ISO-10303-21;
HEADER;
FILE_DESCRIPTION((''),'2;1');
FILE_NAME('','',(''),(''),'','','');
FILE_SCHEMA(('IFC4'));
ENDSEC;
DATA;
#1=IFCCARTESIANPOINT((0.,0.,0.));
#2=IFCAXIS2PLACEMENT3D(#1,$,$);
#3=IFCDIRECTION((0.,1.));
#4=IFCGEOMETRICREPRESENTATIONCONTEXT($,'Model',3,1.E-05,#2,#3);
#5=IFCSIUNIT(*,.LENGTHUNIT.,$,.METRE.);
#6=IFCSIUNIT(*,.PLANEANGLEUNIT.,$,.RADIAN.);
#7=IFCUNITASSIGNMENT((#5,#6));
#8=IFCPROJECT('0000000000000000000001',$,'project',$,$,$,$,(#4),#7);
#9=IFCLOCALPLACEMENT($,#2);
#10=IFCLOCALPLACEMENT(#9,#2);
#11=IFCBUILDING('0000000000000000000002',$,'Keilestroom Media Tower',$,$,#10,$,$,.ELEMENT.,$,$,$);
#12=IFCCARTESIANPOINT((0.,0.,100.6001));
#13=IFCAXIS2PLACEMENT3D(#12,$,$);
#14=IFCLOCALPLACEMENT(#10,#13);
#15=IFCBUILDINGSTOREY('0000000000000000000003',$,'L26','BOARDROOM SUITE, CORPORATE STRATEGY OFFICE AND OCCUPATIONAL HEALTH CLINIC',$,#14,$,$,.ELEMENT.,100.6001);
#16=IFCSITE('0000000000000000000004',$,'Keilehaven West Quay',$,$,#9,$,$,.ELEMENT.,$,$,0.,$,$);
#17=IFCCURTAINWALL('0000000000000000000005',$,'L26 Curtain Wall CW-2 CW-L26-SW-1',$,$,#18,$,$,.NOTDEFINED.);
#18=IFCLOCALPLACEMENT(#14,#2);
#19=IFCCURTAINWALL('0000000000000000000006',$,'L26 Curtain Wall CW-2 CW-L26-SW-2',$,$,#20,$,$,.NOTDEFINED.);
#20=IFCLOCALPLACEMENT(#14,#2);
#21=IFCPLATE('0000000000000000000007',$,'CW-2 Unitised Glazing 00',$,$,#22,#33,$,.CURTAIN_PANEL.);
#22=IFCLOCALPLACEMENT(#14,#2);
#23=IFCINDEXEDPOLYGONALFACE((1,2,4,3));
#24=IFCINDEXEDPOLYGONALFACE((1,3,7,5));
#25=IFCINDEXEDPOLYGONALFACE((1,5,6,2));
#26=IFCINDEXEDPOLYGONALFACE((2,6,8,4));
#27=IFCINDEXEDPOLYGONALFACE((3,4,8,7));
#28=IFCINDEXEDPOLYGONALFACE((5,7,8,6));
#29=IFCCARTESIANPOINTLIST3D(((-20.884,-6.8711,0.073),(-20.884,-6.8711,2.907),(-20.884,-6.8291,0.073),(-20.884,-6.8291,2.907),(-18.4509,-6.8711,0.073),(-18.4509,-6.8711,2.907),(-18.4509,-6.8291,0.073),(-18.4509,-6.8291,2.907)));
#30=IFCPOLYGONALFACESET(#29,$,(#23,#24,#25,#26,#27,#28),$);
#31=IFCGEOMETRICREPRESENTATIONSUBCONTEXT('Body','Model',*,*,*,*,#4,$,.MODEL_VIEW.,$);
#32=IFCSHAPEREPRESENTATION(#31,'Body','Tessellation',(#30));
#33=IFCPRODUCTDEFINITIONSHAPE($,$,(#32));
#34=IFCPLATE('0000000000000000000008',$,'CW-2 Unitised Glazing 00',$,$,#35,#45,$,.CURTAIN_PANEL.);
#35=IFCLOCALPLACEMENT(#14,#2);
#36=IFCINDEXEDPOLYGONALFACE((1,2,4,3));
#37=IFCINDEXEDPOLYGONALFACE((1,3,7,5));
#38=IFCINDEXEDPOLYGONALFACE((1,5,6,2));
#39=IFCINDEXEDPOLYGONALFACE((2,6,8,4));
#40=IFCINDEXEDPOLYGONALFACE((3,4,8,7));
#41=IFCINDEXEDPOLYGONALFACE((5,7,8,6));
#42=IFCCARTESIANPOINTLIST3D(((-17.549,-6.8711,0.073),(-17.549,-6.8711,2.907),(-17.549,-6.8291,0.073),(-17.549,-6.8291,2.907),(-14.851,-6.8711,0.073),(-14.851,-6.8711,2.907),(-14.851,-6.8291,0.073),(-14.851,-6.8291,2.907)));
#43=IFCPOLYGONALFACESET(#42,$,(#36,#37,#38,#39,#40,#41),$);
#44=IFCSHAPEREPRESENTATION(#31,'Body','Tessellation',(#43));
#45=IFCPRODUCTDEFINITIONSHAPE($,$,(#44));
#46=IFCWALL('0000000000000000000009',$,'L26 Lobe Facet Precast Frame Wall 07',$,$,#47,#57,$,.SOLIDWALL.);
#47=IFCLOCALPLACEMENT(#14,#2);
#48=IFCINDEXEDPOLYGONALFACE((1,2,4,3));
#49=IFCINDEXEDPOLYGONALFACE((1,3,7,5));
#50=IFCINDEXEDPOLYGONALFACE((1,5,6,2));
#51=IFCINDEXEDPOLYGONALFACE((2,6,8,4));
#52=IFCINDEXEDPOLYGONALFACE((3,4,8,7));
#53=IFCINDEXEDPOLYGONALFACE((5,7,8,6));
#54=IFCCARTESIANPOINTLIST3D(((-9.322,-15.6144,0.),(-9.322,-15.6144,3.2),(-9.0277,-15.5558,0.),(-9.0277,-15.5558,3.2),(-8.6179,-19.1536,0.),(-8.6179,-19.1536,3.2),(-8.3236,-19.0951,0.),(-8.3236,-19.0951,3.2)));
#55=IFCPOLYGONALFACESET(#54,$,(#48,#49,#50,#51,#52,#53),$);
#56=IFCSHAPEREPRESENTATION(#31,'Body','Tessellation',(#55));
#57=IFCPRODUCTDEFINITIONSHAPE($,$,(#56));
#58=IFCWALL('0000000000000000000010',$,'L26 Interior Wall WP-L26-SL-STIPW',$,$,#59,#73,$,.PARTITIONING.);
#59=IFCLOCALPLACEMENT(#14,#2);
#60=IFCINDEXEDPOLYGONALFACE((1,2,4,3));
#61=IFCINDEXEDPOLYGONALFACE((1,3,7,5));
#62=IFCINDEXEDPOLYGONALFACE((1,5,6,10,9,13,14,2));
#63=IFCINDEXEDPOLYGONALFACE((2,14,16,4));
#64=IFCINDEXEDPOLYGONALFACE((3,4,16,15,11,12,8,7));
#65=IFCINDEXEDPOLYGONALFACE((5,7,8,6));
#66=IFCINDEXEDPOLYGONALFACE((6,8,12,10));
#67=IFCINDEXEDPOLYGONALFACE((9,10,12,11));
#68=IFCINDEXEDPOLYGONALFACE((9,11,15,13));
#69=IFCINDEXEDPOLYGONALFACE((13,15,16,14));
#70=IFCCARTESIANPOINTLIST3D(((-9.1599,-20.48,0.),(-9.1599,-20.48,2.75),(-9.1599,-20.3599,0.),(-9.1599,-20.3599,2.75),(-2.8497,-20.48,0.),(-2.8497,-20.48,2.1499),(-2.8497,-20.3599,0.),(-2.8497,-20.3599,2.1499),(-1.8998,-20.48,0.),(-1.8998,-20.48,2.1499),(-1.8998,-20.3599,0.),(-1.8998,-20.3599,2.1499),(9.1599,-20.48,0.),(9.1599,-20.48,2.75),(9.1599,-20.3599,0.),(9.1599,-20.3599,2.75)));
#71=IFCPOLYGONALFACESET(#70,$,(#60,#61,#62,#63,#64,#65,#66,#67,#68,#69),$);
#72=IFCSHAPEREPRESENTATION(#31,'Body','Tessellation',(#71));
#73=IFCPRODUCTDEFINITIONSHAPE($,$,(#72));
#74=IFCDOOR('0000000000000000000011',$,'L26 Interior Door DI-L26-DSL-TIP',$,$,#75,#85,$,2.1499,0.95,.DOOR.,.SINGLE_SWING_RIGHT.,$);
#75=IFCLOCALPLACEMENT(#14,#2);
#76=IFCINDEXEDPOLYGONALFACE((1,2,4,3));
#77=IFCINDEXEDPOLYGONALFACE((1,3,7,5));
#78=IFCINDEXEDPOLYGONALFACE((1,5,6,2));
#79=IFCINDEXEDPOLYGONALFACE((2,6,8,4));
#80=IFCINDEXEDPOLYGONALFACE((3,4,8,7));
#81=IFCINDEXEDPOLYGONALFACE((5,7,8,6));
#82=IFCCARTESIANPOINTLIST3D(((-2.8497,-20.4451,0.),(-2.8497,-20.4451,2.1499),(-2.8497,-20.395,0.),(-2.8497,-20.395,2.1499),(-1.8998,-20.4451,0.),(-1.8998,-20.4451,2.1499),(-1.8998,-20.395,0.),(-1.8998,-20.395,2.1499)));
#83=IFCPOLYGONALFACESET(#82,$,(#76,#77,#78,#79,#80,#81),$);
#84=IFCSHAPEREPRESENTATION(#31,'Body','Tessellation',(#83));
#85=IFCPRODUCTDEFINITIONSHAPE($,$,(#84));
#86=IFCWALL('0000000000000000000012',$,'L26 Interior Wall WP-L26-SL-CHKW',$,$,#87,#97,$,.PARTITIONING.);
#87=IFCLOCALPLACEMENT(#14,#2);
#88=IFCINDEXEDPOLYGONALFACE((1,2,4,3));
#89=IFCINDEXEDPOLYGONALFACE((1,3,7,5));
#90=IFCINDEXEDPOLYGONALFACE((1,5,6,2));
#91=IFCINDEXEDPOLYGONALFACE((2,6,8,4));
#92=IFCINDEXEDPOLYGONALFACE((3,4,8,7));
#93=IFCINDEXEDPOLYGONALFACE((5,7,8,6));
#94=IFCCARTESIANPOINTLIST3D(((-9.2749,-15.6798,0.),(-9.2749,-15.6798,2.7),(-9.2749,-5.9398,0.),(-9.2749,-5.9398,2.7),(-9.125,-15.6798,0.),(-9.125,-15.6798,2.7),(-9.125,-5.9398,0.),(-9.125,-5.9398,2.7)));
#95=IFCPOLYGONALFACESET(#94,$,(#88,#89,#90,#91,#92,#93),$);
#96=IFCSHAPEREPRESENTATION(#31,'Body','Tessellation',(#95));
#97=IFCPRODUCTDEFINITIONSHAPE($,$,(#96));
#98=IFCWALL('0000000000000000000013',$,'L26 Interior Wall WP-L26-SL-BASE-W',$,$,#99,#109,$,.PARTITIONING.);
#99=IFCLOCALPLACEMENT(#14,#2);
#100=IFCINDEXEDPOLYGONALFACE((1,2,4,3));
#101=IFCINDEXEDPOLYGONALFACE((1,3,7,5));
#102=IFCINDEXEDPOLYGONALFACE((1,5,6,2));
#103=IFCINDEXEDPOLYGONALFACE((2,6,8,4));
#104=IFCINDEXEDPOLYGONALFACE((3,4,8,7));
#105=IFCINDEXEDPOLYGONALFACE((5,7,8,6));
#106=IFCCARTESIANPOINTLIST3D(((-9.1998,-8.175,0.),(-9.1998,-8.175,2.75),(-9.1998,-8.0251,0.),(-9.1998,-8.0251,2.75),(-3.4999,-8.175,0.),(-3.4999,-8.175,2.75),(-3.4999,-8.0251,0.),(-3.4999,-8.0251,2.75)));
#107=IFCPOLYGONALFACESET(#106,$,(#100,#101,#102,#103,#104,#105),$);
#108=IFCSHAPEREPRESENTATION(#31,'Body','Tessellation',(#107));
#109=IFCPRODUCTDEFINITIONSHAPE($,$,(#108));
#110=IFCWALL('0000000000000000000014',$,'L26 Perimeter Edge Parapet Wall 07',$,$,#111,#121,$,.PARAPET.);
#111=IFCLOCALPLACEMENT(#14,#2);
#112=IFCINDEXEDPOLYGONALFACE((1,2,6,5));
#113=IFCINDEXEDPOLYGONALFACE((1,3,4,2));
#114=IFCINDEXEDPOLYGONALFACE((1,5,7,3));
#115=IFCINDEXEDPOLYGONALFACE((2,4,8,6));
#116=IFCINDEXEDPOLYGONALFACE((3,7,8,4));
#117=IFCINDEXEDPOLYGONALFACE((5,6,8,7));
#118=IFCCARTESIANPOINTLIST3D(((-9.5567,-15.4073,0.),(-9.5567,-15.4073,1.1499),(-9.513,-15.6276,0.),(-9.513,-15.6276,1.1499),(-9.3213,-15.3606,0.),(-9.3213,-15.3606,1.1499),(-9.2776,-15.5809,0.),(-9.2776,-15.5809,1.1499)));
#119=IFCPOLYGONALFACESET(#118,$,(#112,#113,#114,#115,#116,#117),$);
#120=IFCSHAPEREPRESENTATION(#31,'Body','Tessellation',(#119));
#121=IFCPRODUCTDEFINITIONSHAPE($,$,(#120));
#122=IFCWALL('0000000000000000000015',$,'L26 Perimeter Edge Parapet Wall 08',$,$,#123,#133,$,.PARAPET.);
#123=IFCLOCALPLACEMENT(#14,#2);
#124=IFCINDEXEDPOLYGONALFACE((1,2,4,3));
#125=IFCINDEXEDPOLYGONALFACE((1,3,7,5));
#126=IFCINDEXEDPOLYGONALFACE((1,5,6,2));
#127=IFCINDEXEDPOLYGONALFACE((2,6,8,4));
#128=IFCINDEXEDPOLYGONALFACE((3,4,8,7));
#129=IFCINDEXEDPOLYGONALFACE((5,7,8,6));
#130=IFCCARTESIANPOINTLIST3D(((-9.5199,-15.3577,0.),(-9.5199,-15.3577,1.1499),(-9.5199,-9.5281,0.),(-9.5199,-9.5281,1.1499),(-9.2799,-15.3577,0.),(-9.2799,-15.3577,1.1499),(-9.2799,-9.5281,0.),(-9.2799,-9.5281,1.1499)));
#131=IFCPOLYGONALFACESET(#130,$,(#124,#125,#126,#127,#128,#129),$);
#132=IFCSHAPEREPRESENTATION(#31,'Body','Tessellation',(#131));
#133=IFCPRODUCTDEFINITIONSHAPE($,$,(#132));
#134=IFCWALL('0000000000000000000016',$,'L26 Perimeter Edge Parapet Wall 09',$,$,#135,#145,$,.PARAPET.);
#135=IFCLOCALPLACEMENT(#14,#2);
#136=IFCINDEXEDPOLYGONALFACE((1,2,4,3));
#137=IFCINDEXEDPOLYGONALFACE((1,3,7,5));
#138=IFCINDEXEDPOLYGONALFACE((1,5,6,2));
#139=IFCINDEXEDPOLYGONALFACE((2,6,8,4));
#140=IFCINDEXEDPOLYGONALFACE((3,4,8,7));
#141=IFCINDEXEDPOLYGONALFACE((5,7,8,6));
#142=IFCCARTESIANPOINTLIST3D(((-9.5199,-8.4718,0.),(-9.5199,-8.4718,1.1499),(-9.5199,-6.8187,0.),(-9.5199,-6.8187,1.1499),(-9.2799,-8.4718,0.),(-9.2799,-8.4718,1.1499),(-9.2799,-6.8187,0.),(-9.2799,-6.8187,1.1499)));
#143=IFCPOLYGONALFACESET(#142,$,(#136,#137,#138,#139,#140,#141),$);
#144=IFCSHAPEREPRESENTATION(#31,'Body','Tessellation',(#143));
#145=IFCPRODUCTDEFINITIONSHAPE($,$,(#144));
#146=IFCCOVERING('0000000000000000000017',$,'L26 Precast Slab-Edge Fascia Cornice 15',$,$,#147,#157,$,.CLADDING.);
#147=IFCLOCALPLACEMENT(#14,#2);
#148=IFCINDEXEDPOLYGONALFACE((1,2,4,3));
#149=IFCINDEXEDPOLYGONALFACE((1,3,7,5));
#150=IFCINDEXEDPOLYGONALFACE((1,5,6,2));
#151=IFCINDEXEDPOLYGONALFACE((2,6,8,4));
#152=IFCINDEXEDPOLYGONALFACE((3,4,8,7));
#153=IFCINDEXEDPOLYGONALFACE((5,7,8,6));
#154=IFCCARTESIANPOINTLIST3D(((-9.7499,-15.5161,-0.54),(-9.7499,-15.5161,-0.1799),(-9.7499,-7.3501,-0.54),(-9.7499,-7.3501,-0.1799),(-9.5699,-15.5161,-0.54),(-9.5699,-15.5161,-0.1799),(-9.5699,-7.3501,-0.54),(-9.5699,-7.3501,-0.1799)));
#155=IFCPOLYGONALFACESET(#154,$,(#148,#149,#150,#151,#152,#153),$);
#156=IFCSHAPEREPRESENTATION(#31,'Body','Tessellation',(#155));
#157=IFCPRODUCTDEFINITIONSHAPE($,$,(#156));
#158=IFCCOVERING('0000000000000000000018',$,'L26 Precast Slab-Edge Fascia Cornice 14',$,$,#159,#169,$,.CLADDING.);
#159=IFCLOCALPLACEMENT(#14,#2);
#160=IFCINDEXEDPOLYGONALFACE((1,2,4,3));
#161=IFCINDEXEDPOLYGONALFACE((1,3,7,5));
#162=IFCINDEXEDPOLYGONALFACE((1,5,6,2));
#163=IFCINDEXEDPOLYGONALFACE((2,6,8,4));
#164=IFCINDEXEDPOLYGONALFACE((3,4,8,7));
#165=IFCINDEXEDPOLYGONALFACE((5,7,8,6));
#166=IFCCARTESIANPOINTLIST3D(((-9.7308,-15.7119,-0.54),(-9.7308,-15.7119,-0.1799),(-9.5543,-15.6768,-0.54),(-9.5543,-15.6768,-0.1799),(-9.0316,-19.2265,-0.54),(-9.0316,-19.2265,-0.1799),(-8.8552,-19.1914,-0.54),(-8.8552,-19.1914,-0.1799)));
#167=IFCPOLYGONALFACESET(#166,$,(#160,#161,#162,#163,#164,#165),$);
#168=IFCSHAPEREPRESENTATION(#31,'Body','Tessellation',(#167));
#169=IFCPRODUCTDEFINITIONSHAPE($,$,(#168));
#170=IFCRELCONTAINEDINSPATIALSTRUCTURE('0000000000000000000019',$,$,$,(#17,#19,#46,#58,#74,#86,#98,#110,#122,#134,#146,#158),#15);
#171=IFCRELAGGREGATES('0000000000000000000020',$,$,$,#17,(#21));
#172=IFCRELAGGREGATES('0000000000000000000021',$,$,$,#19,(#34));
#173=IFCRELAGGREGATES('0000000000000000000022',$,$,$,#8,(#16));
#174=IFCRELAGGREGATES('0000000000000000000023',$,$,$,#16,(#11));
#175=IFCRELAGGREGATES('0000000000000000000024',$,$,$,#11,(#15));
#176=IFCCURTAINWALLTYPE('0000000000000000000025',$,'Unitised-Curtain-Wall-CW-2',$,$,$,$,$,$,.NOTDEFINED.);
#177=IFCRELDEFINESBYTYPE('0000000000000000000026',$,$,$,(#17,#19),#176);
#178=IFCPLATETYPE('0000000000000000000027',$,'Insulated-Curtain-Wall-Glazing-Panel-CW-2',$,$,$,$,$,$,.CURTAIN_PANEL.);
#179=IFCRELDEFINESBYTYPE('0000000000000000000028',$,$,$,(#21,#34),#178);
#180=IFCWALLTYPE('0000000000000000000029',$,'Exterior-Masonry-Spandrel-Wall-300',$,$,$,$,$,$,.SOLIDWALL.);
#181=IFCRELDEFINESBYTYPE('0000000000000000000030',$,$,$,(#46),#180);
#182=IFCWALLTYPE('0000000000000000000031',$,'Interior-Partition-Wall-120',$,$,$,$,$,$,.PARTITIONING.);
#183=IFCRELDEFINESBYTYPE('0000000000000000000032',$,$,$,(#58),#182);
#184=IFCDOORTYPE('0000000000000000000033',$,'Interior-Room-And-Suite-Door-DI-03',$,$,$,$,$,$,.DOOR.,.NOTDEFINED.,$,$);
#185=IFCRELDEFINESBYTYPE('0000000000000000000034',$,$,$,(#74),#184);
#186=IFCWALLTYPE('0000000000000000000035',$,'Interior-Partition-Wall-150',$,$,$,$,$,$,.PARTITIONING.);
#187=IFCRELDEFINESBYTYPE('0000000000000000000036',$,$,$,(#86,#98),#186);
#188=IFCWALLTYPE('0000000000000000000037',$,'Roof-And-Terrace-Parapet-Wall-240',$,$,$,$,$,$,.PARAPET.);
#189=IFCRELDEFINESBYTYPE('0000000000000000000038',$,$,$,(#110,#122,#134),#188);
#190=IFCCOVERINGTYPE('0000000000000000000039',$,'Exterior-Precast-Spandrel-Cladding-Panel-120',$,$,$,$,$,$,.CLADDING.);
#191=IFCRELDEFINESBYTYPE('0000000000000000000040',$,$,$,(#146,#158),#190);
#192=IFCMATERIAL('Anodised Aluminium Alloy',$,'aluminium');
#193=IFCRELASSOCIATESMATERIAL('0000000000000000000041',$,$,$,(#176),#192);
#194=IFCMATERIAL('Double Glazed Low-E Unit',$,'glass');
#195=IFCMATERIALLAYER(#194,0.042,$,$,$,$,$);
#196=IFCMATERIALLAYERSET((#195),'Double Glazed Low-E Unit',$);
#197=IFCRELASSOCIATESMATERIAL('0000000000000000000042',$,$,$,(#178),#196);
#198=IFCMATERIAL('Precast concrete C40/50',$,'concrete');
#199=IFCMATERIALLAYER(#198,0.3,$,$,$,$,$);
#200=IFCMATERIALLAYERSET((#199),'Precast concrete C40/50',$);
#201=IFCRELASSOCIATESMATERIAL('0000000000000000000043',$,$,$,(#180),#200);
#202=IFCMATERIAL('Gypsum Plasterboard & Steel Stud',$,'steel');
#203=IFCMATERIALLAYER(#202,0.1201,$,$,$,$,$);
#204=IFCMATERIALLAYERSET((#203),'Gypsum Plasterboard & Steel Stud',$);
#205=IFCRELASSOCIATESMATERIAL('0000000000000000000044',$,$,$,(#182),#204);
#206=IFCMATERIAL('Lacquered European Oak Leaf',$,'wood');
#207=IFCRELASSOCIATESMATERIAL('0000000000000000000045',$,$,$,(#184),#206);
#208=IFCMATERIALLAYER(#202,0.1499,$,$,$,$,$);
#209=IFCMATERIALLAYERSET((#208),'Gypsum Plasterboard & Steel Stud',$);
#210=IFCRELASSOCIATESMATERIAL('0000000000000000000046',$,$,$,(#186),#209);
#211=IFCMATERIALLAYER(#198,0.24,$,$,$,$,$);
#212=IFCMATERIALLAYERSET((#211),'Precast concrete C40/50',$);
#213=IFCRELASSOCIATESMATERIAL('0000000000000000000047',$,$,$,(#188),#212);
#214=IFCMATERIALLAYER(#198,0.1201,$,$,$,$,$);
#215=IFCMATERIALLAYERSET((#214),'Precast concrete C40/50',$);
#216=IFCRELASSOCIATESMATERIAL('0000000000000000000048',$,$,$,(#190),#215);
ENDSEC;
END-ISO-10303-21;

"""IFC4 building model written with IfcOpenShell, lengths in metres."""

from ifc_helpers import new_model, si_unit, direction, frame, frame_2d, origin, origin_2d, place, context, subcontext, project, spatial, rectangle, extrude, source, transform, mapped, material, layer, layer_set, type_object, element, fill, aggregate, save


model = new_model("IFC4")

# Units and contexts
model_context = context("Model", 3, precision=1e-05, world=origin(), true_north=direction((0.0, 1.0)))
body_context = subcontext(model_context, "Body", "Model", "MODEL_VIEW")
ifc_project = project(units=[si_unit("LENGTHUNIT", "METRE"), si_unit("PLANEANGLEUNIT", "RADIAN")], contexts=[model_context])

# Site, building, storey
site_placement = place(None, origin())
site = spatial("IfcSite", under=ifc_project, at=site_placement, Name="Keilehaven West Quay", CompositionType="ELEMENT", RefElevation=0.0)
building_placement = place(site_placement, origin())
building = spatial("IfcBuilding", under=site, at=building_placement, Name="Keilestroom Media Tower", CompositionType="ELEMENT")
storey_placement = place(building_placement, frame((0.0, 0.0, 100.6001)))
storey = spatial("IfcBuildingStorey", under=building, at=storey_placement, Name="L26", Description="BOARDROOM SUITE, CORPORATE STRATEGY OFFICE AND OCCUPATIONAL HEALTH CLINIC", CompositionType="ELEMENT", Elevation=100.6001)

# Shared definitions
ifc_material_1 = material(Name="Precast concrete C40/50", Category="concrete")

# Curtain walls
ifc_material_2 = material(Name="Anodised Aluminium Alloy", Category="aluminium")
curtain_wall_type = type_object("IfcCurtainWallType", Name="Unitised-Curtain-Wall-CW-2", PredefinedType="NOTDEFINED", material=ifc_material_2)
curtain_wall_1_placement = place(storey_placement, origin())
curtain_wall_1 = element("IfcCurtainWall", 1, at=curtain_wall_1_placement, inside=storey, type_object=curtain_wall_type, Name="L26 Curtain Wall CW-2 CW-L26-SW-1", PredefinedType="NOTDEFINED")
curtain_wall_2_placement = place(storey_placement, origin())
curtain_wall_2 = element("IfcCurtainWall", 2, at=curtain_wall_2_placement, inside=storey, type_object=curtain_wall_type, Name="L26 Curtain Wall CW-2 CW-L26-SW-2", PredefinedType="NOTDEFINED")

# Plates
ifc_material_3 = material(Name="Double Glazed Low-E Unit", Category="glass")
ifc_layer_1 = layer(ifc_material_3, 0.042)
ifc_layer_set_1 = layer_set([ifc_layer_1], Name="Double Glazed Low-E Unit")
plate_type = type_object("IfcPlateType", Name="Insulated-Curtain-Wall-Glazing-Panel-CW-2", PredefinedType="CURTAIN_PANEL", material=ifc_layer_set_1)
shared_shape_1 = source(origin(), body_context, "Body", "SweptSolid", [
    extrude(rectangle(XDim=2.4331, YDim=0.042, at=origin_2d()), origin(), (0.0, 0.0, 1.0), 2.834),
])
plate_1_placement = place(storey_placement, frame((-19.6675, -6.8501, 0.073), z_axis=(0.0, 0.0, 1.0), x_axis=(1.0, 0.0, 0.0)))
plate_1 = element("IfcPlate", 3, at=plate_1_placement, type_object=plate_type, Name="CW-2 Unitised Glazing 00", PredefinedType="CURTAIN_PANEL", context=body_context, shape_type="MappedRepresentation", body=[
    mapped(shared_shape_1, transform((0.0, 0.0, 0.0), x_axis=(1.0, 0.0, 0.0), y_axis=(0.0, 1.0, 0.0), z_axis=(0.0, 0.0, 1.0), scale=1.0)),
])
aggregate(curtain_wall_1, [plate_1])
shared_shape_2 = source(origin(), body_context, "Body", "SweptSolid", [
    extrude(rectangle(XDim=2.698, YDim=0.042, at=origin_2d()), origin(), (0.0, 0.0, 1.0), 2.834),
])
plate_2_placement = place(storey_placement, frame((-16.2, -6.8501, 0.073), z_axis=(0.0, 0.0, 1.0), x_axis=(1.0, 0.0, 0.0)))
plate_2 = element("IfcPlate", 4, at=plate_2_placement, type_object=plate_type, Name="CW-2 Unitised Glazing 00", PredefinedType="CURTAIN_PANEL", context=body_context, shape_type="MappedRepresentation", body=[
    mapped(shared_shape_2, transform((0.0, 0.0, 0.0), x_axis=(1.0, 0.0, 0.0), y_axis=(0.0, 1.0, 0.0), z_axis=(0.0, 0.0, 1.0), scale=1.0)),
])
aggregate(curtain_wall_2, [plate_2])

# Wall
ifc_layer_2 = layer(ifc_material_1, 0.3)
ifc_layer_set_2 = layer_set([ifc_layer_2], Name="Precast concrete C40/50")
wall_type_1 = type_object("IfcWallType", Name="Exterior-Masonry-Spandrel-Wall-300", PredefinedType="SOLIDWALL", material=ifc_layer_set_2)
wall_1_placement = place(storey_placement, frame((-9.1748, -15.5852, 0.0), z_axis=(0.0, 0.0, 1.0), x_axis=(0.195114, -0.980781, 0.0)))
element("IfcWall", 5, at=wall_1_placement, inside=storey, type_object=wall_type_1, Name="L26 Lobe Facet Precast Frame Wall 07", PredefinedType="SOLIDWALL", context=body_context, shape_type="SweptSolid", body=[
    extrude(rectangle(XDim=3.6086, YDim=0.3, at=frame_2d((1.8042, 0.0))), origin(), (0.0, 0.0, 1.0), 3.2),
])

# Wall, opening, door
ifc_material_4 = material(Name="Gypsum Plasterboard & Steel Stud", Category="steel")
ifc_layer_3 = layer(ifc_material_4, 0.1201)
ifc_layer_set_3 = layer_set([ifc_layer_3], Name="Gypsum Plasterboard & Steel Stud")
wall_type_2 = type_object("IfcWallType", Name="Interior-Partition-Wall-120", PredefinedType="PARTITIONING", material=ifc_layer_set_3)
wall_2_placement = place(storey_placement, frame((-9.1599, -20.4199, 0.0), z_axis=(0.0, 0.0, 1.0), x_axis=(1.0, 0.0, 0.0)))
wall_2 = element("IfcWall", 6, at=wall_2_placement, inside=storey, type_object=wall_type_2, Name="L26 Interior Wall WP-L26-SL-STIPW", PredefinedType="PARTITIONING", context=body_context, shape_type="SweptSolid", body=[
    extrude(rectangle(XDim=18.3198, YDim=0.1201, at=frame_2d((9.1599, 0.0))), origin(), (0.0, 0.0, 1.0), 2.75),
])
opening_placement = place(wall_2_placement, frame((6.3101, 0.0, 0.0)))
opening = element("IfcOpeningElement", 7, at=opening_placement, cuts=wall_2, PredefinedType="OPENING", context=body_context, shape_type="SweptSolid", body=[
    extrude(rectangle(XDim=0.95, YDim=2.1499, at=frame_2d((0.4751, 1.075))), frame((0.0, 0.0701, 0.0), z_axis=(0.0, -1.0, 0.0), x_axis=(1.0, 0.0, 0.0)), (0.0, 0.0, 1.0), 0.1401),
])
ifc_material_5 = material(Name="Lacquered European Oak Leaf", Category="wood")
door_type = type_object("IfcDoorType", Name="Interior-Room-And-Suite-Door-DI-03", OperationType="NOTDEFINED", PredefinedType="DOOR", material=ifc_material_5)
shared_shape_3 = source(origin(), body_context, "Body", "SweptSolid", [
    extrude(rectangle(XDim=0.95, YDim=2.1499, at=frame_2d((0.4751, 1.075))), frame((0.0, 0.0249, 0.0), z_axis=(0.0, -1.0, 0.0), x_axis=(1.0, 0.0, 0.0)), (0.0, 0.0, 1.0), 0.05),
])
door_placement = place(opening_placement, origin())
door = element("IfcDoor", 8, at=door_placement, inside=storey, type_object=door_type, Name="L26 Interior Door DI-L26-DSL-TIP", OperationType="SINGLE_SWING_RIGHT", OverallHeight=2.1499, OverallWidth=0.95, PredefinedType="DOOR", context=body_context, shape_type="MappedRepresentation", body=[
    mapped(shared_shape_3, transform((0.0, 0.0, 0.0), x_axis=(1.0, 0.0, 0.0), y_axis=(0.0, 1.0, 0.0), z_axis=(0.0, 0.0, 1.0), scale=1.0)),
])
fill(opening, door)

# Walls
ifc_layer_4 = layer(ifc_material_4, 0.1499)
ifc_layer_set_4 = layer_set([ifc_layer_4], Name="Gypsum Plasterboard & Steel Stud")
wall_type_3 = type_object("IfcWallType", Name="Interior-Partition-Wall-150", PredefinedType="PARTITIONING", material=ifc_layer_set_4)
wall_3_placement = place(storey_placement, frame((-9.2, -15.6799, 0.0), z_axis=(0.0, 0.0, 1.0), x_axis=(0.0, 1.0, 0.0)))
element("IfcWall", 9, at=wall_3_placement, inside=storey, type_object=wall_type_3, Name="L26 Interior Wall WP-L26-SL-CHKW", PredefinedType="PARTITIONING", context=body_context, shape_type="SweptSolid", body=[
    extrude(rectangle(XDim=9.74, YDim=0.1499, at=frame_2d((4.8701, 0.0))), origin(), (0.0, 0.0, 1.0), 2.7),
])
wall_4_placement = place(storey_placement, frame((-9.2, -8.1001, 0.0), z_axis=(0.0, 0.0, 1.0), x_axis=(1.0, 0.0, 0.0)))
element("IfcWall", 10, at=wall_4_placement, inside=storey, type_object=wall_type_3, Name="L26 Interior Wall WP-L26-SL-BASE-W", PredefinedType="PARTITIONING", context=body_context, shape_type="SweptSolid", body=[
    extrude(rectangle(XDim=5.7, YDim=0.1499, at=frame_2d((2.8501, 0.0))), origin(), (0.0, 0.0, 1.0), 2.75),
])
ifc_layer_5 = layer(ifc_material_1, 0.24)
ifc_layer_set_5 = layer_set([ifc_layer_5], Name="Precast concrete C40/50")
wall_type_4 = type_object("IfcWallType", Name="Roof-And-Terrace-Parapet-Wall-240", PredefinedType="PARAPET", material=ifc_layer_set_5)
wall_5_placement = place(storey_placement, frame((-9.3953, -15.6042, 0.0), z_axis=(0.0, 0.0, 1.0), x_axis=(-0.194652, 0.980872, 0.0)))
element("IfcWall", 11, at=wall_5_placement, inside=storey, type_object=wall_type_4, Name="L26 Perimeter Edge Parapet Wall 07", PredefinedType="PARAPET", context=body_context, shape_type="SweptSolid", body=[
    extrude(rectangle(XDim=0.2246, YDim=0.24, at=frame_2d((0.1123, 0.0))), origin(), (0.0, 0.0, 1.0), 1.1499),
])
wall_6_placement = place(storey_placement, frame((-9.3999, -15.3577, 0.0), z_axis=(0.0, 0.0, 1.0), x_axis=(0.0, 1.0, 0.0)))
element("IfcWall", 12, at=wall_6_placement, inside=storey, type_object=wall_type_4, Name="L26 Perimeter Edge Parapet Wall 08", PredefinedType="PARAPET", context=body_context, shape_type="SweptSolid", body=[
    extrude(rectangle(XDim=5.8296, YDim=0.24, at=frame_2d((2.9148, 0.0))), origin(), (0.0, 0.0, 1.0), 1.1499),
])
wall_7_placement = place(storey_placement, frame((-9.3999, -8.4719, 0.0), z_axis=(0.0, 0.0, 1.0), x_axis=(0.0, 1.0, 0.0)))
element("IfcWall", 13, at=wall_7_placement, inside=storey, type_object=wall_type_4, Name="L26 Perimeter Edge Parapet Wall 09", PredefinedType="PARAPET", context=body_context, shape_type="SweptSolid", body=[
    extrude(rectangle(XDim=1.6531, YDim=0.24, at=frame_2d((0.8267, 0.0))), origin(), (0.0, 0.0, 1.0), 1.1499),
])

# Coverings
ifc_layer_6 = layer(ifc_material_1, 0.1201)
ifc_layer_set_6 = layer_set([ifc_layer_6], Name="Precast concrete C40/50")
covering_type = type_object("IfcCoveringType", Name="Exterior-Precast-Spandrel-Cladding-Panel-120", PredefinedType="CLADDING", material=ifc_layer_set_6)
shared_shape_4 = source(origin(), body_context, "Body", "SweptSolid", [
    extrude(rectangle(XDim=8.166, YDim=0.1799, at=origin_2d()), origin(), (0.0, 0.0, 1.0), 0.3601),
])
covering_1_placement = place(storey_placement, frame((-9.6599, -11.4331, -0.54), z_axis=(0.0, 0.0, 1.0), x_axis=(0.0, 1.0, 0.0)))
element("IfcCovering", 14, at=covering_1_placement, inside=storey, type_object=covering_type, Name="L26 Precast Slab-Edge Fascia Cornice 15", PredefinedType="CLADDING", context=body_context, shape_type="MappedRepresentation", body=[
    mapped(shared_shape_4, transform((0.0, 0.0, 0.0), x_axis=(1.0, 0.0, 0.0), y_axis=(0.0, 1.0, 0.0), z_axis=(0.0, 0.0, 1.0), scale=1.0)),
])
shared_shape_5 = source(origin(), body_context, "Body", "SweptSolid", [
    extrude(rectangle(XDim=3.5835, YDim=0.1799, at=origin_2d()), origin(), (0.0, 0.0, 1.0), 0.3601),
])
covering_2_placement = place(storey_placement, frame((-9.293, -17.4517, -0.54), z_axis=(0.0, 0.0, 1.0), x_axis=(-0.195099, 0.980784, 0.0)))
element("IfcCovering", 15, at=covering_2_placement, inside=storey, type_object=covering_type, Name="L26 Precast Slab-Edge Fascia Cornice 14", PredefinedType="CLADDING", context=body_context, shape_type="MappedRepresentation", body=[
    mapped(shared_shape_5, transform((0.0, 0.0, 0.0), x_axis=(1.0, 0.0, 0.0), y_axis=(0.0, 1.0, 0.0), z_axis=(0.0, 0.0, 1.0), scale=1.0)),
])

save(model, "model.ifc")
